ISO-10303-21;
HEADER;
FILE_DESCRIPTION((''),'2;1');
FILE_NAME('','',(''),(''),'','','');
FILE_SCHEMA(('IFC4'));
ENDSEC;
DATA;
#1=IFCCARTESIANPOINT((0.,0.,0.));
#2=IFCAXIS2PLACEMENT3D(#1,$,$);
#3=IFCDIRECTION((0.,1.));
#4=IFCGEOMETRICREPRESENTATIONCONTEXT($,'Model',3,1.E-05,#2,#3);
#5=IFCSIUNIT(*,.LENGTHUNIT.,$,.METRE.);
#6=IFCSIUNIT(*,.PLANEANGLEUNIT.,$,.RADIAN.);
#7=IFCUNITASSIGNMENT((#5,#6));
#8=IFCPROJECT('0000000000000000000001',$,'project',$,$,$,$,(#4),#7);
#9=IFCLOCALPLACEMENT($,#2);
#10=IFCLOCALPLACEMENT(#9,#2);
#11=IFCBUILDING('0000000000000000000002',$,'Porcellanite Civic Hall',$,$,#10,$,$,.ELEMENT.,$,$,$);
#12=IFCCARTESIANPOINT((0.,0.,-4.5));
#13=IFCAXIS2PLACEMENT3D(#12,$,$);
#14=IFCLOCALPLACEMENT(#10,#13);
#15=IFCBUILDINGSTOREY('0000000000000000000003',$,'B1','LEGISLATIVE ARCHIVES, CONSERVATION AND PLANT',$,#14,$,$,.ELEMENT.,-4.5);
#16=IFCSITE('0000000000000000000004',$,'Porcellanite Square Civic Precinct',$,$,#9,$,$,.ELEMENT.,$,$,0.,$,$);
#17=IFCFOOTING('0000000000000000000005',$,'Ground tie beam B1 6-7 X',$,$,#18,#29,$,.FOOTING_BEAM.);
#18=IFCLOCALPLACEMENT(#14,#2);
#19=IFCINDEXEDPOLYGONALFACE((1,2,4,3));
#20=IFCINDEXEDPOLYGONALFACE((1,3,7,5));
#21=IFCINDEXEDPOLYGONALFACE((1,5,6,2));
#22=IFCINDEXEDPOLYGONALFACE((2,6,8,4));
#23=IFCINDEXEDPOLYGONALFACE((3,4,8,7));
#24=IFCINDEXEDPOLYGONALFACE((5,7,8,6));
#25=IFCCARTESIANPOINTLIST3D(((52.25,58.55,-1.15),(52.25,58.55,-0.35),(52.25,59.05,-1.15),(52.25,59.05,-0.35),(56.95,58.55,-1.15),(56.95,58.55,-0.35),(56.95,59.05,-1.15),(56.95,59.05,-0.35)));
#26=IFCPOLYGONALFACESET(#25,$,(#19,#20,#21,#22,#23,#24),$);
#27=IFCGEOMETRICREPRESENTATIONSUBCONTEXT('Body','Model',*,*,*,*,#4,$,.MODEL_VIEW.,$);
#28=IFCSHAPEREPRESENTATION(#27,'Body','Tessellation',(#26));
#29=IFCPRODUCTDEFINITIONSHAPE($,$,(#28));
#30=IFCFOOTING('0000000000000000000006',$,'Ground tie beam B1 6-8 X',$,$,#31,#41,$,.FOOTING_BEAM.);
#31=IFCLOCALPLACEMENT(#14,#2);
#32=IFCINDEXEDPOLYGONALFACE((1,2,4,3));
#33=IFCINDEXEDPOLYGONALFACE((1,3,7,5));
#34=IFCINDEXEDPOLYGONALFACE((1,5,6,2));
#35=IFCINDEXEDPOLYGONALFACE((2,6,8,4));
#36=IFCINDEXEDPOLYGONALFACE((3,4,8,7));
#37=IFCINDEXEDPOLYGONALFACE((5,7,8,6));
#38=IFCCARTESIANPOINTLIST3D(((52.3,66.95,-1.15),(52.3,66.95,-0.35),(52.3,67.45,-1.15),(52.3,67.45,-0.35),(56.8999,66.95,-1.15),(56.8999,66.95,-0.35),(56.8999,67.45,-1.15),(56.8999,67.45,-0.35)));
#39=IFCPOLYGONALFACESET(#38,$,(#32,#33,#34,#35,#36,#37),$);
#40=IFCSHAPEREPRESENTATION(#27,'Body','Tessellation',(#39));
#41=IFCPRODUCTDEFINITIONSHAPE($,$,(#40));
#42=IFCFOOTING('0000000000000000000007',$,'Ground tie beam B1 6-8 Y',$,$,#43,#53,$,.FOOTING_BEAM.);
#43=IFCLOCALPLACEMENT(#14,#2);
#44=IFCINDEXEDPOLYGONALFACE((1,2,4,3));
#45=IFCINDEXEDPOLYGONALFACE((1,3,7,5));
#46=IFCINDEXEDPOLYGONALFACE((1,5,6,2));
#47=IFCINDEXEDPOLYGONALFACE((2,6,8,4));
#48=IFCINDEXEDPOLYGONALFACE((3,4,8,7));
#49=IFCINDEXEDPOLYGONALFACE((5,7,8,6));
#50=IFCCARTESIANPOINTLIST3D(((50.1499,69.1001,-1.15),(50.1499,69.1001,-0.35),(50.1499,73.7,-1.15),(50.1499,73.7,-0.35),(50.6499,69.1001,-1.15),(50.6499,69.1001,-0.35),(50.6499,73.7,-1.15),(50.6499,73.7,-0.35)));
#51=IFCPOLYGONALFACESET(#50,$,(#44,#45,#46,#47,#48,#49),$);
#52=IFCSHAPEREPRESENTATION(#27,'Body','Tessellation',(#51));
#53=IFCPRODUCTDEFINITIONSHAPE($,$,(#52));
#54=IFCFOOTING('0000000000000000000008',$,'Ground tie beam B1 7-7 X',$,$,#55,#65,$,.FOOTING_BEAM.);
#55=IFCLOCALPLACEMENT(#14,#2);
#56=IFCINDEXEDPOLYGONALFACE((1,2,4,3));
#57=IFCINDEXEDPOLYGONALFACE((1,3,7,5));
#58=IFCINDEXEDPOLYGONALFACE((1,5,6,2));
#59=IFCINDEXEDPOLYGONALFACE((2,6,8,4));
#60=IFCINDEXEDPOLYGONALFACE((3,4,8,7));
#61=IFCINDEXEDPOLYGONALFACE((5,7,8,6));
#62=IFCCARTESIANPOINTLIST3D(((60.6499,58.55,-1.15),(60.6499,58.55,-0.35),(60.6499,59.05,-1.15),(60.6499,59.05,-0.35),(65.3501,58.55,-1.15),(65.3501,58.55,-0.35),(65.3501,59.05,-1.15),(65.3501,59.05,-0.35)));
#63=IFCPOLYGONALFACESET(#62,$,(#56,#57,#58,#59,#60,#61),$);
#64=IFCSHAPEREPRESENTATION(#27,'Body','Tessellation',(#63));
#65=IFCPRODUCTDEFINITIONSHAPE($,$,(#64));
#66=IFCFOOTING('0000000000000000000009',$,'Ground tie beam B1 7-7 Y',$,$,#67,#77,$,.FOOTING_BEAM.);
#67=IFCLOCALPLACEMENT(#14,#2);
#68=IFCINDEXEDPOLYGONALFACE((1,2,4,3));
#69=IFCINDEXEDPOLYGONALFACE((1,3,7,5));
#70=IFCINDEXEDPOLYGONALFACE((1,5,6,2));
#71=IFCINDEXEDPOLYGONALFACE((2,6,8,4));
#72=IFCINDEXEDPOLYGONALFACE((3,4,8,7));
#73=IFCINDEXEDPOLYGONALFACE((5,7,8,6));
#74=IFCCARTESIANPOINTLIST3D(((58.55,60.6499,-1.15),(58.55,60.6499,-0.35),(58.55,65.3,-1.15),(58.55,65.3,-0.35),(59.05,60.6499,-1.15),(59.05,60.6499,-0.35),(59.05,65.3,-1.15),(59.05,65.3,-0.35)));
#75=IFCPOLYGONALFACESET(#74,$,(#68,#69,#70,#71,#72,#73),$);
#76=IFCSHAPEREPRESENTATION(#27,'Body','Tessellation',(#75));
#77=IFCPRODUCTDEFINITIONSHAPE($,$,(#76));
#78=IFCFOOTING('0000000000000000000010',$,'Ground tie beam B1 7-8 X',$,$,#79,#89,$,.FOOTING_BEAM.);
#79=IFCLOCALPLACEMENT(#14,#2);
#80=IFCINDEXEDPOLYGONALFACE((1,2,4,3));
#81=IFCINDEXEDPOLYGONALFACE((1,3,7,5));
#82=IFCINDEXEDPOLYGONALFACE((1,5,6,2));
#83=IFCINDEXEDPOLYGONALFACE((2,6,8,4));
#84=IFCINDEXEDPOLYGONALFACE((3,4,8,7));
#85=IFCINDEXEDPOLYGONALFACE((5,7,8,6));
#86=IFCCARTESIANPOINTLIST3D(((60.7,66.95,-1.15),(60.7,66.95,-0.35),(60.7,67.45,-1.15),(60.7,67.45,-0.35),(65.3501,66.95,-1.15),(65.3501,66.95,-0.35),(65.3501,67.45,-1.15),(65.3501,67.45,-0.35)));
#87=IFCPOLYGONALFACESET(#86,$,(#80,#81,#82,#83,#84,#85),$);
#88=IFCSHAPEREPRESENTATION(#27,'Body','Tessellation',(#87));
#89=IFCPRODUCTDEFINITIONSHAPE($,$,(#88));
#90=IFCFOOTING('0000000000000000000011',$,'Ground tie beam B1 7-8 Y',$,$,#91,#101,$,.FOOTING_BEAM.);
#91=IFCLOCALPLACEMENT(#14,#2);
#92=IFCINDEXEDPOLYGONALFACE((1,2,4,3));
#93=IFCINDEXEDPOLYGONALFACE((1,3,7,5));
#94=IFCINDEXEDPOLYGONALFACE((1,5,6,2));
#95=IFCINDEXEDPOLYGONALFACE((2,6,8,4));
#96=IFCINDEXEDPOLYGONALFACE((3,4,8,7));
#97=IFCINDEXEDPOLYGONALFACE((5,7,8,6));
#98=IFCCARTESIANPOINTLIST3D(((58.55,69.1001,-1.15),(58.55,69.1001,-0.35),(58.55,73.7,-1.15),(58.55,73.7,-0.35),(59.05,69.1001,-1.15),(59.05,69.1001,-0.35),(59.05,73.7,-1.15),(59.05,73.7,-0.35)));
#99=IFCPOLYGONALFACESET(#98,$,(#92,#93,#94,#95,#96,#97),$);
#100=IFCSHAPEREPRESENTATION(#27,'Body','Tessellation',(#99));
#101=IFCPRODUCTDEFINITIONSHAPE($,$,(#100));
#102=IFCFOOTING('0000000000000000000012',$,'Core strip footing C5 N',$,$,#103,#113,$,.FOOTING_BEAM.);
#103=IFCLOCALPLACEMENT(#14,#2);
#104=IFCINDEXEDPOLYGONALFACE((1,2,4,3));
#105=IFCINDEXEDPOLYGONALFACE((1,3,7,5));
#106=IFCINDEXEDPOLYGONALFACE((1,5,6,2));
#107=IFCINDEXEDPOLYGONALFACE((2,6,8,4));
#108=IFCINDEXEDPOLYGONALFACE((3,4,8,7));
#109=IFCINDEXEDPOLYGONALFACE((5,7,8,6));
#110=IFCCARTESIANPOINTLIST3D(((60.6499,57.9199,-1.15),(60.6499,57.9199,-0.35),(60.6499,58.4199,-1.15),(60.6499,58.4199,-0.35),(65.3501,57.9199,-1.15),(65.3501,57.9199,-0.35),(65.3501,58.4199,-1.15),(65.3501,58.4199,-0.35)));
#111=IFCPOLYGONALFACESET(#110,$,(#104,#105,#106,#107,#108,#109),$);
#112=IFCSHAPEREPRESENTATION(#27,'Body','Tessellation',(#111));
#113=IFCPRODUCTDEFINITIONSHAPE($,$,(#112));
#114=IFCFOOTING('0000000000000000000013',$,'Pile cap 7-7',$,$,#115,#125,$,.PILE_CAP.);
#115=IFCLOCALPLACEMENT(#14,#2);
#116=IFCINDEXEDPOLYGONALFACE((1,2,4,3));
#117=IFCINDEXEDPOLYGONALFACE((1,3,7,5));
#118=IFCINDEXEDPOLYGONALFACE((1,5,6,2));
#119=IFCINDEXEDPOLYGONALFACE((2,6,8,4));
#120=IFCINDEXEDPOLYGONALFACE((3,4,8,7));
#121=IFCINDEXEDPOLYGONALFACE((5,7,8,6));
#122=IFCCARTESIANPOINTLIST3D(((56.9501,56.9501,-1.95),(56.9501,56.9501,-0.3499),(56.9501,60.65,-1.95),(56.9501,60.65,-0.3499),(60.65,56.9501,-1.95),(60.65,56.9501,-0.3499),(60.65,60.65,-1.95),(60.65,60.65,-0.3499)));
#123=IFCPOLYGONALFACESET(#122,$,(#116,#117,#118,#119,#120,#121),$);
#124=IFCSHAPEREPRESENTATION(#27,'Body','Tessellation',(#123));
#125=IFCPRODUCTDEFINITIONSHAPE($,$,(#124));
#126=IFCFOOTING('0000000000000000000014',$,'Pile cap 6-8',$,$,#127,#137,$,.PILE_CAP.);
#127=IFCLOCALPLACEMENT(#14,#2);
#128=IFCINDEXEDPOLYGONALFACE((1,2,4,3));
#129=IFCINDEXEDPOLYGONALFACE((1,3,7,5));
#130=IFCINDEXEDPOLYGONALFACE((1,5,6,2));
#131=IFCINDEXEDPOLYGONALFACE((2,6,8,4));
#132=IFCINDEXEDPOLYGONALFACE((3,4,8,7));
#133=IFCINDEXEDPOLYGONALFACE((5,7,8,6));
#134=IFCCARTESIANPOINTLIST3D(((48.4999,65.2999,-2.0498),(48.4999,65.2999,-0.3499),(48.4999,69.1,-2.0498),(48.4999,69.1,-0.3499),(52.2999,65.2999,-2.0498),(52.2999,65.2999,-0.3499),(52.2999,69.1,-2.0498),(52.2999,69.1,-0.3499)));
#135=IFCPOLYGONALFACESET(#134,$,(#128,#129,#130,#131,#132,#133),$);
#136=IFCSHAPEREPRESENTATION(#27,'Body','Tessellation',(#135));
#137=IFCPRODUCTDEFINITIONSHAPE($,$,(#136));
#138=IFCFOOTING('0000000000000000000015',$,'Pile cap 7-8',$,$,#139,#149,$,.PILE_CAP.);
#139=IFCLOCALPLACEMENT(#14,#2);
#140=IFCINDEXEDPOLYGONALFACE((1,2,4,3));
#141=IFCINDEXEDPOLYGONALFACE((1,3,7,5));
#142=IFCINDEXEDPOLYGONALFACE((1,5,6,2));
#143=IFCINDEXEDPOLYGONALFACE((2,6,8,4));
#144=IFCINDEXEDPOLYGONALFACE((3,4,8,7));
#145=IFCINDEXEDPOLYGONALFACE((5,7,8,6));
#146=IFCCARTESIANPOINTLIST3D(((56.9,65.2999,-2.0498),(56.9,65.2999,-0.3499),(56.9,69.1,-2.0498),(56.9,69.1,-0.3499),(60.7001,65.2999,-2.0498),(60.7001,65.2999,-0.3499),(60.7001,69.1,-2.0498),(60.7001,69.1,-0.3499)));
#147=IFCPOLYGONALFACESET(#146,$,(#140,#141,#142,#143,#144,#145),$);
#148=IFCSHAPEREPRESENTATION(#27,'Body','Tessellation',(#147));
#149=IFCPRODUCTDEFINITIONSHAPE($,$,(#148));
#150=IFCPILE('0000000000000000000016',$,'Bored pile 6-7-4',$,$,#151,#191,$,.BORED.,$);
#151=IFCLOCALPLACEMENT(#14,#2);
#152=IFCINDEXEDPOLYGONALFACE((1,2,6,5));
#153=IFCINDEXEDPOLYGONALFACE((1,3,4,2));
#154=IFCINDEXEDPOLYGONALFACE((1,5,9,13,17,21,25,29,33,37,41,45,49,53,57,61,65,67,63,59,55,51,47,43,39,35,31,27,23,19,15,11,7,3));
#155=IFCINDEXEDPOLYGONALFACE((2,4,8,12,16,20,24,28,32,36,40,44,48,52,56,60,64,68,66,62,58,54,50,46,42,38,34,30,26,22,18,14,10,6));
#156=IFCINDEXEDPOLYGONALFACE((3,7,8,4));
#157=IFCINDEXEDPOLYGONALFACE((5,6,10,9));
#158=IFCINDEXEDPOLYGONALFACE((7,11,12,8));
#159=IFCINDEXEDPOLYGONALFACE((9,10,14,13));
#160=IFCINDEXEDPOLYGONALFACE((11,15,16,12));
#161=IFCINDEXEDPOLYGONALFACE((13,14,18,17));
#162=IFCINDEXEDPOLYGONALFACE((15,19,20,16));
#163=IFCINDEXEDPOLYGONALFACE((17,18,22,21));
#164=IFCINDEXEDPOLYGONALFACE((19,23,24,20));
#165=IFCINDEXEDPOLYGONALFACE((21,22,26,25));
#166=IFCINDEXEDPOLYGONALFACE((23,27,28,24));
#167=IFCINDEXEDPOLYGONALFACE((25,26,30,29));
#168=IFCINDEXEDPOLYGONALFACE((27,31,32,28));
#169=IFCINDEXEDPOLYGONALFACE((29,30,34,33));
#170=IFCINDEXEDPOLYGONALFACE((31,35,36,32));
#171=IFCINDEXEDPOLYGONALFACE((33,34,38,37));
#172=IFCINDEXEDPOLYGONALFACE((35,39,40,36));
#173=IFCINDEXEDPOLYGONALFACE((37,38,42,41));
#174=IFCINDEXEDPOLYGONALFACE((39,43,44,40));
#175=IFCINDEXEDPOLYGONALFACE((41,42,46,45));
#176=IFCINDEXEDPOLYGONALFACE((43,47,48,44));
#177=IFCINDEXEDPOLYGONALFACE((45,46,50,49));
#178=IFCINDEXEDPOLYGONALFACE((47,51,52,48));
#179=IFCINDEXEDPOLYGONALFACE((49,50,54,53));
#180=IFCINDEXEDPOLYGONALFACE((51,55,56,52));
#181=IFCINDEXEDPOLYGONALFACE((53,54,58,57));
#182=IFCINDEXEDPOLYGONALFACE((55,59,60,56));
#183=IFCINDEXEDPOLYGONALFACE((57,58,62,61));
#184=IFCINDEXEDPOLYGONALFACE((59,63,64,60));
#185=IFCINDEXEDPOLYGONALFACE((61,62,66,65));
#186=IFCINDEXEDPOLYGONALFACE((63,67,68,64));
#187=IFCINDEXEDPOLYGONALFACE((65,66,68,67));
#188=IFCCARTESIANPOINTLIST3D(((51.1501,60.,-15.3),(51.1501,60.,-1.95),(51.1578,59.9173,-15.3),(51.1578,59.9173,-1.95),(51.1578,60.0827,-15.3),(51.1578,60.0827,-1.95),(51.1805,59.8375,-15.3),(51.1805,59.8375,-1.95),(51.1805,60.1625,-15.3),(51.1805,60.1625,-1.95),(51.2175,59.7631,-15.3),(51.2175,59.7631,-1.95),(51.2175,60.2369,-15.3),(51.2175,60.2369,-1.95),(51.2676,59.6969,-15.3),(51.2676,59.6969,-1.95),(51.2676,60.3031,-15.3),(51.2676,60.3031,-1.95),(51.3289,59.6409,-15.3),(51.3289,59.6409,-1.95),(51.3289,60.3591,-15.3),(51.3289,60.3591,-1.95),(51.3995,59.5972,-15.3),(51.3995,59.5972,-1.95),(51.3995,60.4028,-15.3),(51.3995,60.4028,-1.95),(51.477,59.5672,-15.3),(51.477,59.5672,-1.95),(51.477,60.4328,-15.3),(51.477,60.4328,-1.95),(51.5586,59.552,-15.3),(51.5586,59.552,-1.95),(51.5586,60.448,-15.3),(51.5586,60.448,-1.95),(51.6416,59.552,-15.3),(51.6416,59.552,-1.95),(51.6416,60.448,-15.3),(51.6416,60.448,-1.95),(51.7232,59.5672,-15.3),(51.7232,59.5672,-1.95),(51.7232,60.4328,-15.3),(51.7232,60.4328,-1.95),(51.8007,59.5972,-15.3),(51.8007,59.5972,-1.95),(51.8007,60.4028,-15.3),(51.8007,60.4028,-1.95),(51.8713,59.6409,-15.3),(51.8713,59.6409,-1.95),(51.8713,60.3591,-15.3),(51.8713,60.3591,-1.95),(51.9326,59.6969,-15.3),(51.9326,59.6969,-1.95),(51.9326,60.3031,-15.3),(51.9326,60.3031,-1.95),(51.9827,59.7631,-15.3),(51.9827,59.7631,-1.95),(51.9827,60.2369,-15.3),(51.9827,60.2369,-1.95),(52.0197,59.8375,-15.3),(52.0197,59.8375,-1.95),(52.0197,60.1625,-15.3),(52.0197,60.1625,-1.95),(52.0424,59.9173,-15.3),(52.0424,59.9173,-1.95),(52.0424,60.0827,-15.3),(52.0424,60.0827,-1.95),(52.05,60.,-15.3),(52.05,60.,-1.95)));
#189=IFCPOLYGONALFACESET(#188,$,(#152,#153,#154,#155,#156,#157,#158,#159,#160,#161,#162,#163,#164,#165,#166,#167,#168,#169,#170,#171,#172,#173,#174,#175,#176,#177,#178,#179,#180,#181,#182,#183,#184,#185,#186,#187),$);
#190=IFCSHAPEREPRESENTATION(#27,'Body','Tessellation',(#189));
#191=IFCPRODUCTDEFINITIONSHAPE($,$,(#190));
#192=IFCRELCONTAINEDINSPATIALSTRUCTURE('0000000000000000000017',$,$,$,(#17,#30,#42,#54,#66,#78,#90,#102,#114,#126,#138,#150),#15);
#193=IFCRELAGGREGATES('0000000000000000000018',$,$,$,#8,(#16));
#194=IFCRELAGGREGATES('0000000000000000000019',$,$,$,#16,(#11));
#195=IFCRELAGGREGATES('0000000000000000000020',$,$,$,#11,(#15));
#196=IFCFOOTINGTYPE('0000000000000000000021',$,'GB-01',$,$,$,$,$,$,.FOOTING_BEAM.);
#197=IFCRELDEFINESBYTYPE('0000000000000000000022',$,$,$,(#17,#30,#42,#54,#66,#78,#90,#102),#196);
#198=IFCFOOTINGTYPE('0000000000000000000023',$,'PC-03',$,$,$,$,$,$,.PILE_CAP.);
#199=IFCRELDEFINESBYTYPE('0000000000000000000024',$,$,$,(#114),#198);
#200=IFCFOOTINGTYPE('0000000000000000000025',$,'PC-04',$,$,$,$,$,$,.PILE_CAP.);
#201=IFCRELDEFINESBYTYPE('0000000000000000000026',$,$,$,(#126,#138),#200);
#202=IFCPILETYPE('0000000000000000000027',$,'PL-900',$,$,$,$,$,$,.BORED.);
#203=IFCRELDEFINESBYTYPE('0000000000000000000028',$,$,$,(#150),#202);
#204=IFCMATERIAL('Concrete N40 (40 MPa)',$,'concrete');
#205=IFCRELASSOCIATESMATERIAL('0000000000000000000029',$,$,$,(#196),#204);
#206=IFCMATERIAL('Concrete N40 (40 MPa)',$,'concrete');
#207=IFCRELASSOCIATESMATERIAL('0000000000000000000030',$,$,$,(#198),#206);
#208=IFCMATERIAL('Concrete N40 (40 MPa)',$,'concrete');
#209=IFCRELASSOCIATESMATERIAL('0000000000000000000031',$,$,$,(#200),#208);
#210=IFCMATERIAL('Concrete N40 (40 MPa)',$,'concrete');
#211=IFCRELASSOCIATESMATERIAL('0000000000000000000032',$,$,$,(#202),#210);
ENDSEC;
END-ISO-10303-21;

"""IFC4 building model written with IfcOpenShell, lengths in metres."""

from ifc_helpers import new_model, si_unit, direction, frame, origin, origin_2d, place, context, subcontext, project, spatial, rectangle, circle, extrude, material, material_profile, profile_set, type_object, element, save


model = new_model("IFC4")

# Units and contexts
model_context = context("Model", 3, precision=1e-05, world=origin(), true_north=direction((0.0, 1.0)))
body_context = subcontext(model_context, "Body", "Model", "MODEL_VIEW")
ifc_project = project(units=[si_unit("LENGTHUNIT", "METRE"), si_unit("PLANEANGLEUNIT", "RADIAN")], contexts=[model_context])

# Site, building, storey
site_placement = place(None, origin())
site = spatial("IfcSite", under=ifc_project, at=site_placement, Name="Porcellanite Square Civic Precinct", CompositionType="ELEMENT", RefElevation=0.0)
building_placement = place(site_placement, origin())
building = spatial("IfcBuilding", under=site, at=building_placement, Name="Porcellanite Civic Hall", CompositionType="ELEMENT")
storey_placement = place(building_placement, frame((0.0, 0.0, -4.5)))
storey = spatial("IfcBuildingStorey", under=building, at=storey_placement, Name="B1", Description="LEGISLATIVE ARCHIVES, CONSERVATION AND PLANT", CompositionType="ELEMENT", Elevation=-4.5)

# Footings
ifc_material_1 = material(Name="Concrete N40 (40 MPa)", Category="concrete")
ifc_material_profile_1 = material_profile(ifc_material_1, rectangle(XDim=0.5, YDim=0.8, at=origin_2d()), Name="RC-500x800")
ifc_profile_set_1 = profile_set([ifc_material_profile_1], Name="Concrete N40 (40 MPa)")
footing_type_1 = type_object("IfcFootingType", Name="GB-01", PredefinedType="FOOTING_BEAM", material=ifc_profile_set_1)
footing_1_placement = place(storey_placement, frame((52.25, 58.8, -0.75), z_axis=(1.0, 0.0, 0.0), x_axis=(0.0, 1.0, 0.0)))
element("IfcFooting", 1, at=footing_1_placement, inside=storey, type_object=footing_type_1, Name="Ground tie beam B1 6-7 X", PredefinedType="FOOTING_BEAM", context=body_context, shape_type="SweptSolid", body=[
    extrude(rectangle(XDim=0.5, YDim=0.8, at=origin_2d()), origin(), (0.0, 0.0, 1.0), 4.7),
])
for number, where, z_axis, x_axis, name in (
    (2, (52.3, 67.2, -0.75), (1.0, 0.0, 0.0), (0.0, 1.0, 0.0), "Ground tie beam B1 6-8 X"),
    (3, (50.3999, 69.1001, -0.75), (0.0, 1.0, 0.0), (-1.0, 0.0, 0.0), "Ground tie beam B1 6-8 Y"),
):
    element("IfcFooting", number, at=place(storey_placement, frame(where, z_axis=z_axis, x_axis=x_axis)), inside=storey, type_object=footing_type_1, Name=name, PredefinedType="FOOTING_BEAM", context=body_context, shape_type="SweptSolid", body=[
        extrude(rectangle(XDim=0.5, YDim=0.8, at=origin_2d()), origin(), (0.0, 0.0, 1.0), 4.5999),
    ])
footing_2_placement = place(storey_placement, frame((60.6499, 58.8, -0.75), z_axis=(1.0, 0.0, 0.0), x_axis=(0.0, 1.0, 0.0)))
element("IfcFooting", 4, at=footing_2_placement, inside=storey, type_object=footing_type_1, Name="Ground tie beam B1 7-7 X", PredefinedType="FOOTING_BEAM", context=body_context, shape_type="SweptSolid", body=[
    extrude(rectangle(XDim=0.5, YDim=0.8, at=origin_2d()), origin(), (0.0, 0.0, 1.0), 4.7002),
])
for number, where, z_axis, x_axis, name in (
    (5, (58.8, 60.6499, -0.75), (0.0, 1.0, 0.0), (-1.0, 0.0, 0.0), "Ground tie beam B1 7-7 Y"),
    (6, (60.7, 67.2, -0.75), (1.0, 0.0, 0.0), (0.0, 1.0, 0.0), "Ground tie beam B1 7-8 X"),
):
    element("IfcFooting", number, at=place(storey_placement, frame(where, z_axis=z_axis, x_axis=x_axis)), inside=storey, type_object=footing_type_1, Name=name, PredefinedType="FOOTING_BEAM", context=body_context, shape_type="SweptSolid", body=[
        extrude(rectangle(XDim=0.5, YDim=0.8, at=origin_2d()), origin(), (0.0, 0.0, 1.0), 4.6501),
    ])
footing_3_placement = place(storey_placement, frame((58.8, 69.1001, -0.75), z_axis=(0.0, 1.0, 0.0), x_axis=(-1.0, 0.0, 0.0)))
element("IfcFooting", 7, at=footing_3_placement, inside=storey, type_object=footing_type_1, Name="Ground tie beam B1 7-8 Y", PredefinedType="FOOTING_BEAM", context=body_context, shape_type="SweptSolid", body=[
    extrude(rectangle(XDim=0.5, YDim=0.8, at=origin_2d()), origin(), (0.0, 0.0, 1.0), 4.5999),
])
footing_4_placement = place(storey_placement, frame((60.6499, 58.1699, -0.75), z_axis=(1.0, 0.0, 0.0), x_axis=(0.0, 1.0, 0.0)))
element("IfcFooting", 8, at=footing_4_placement, inside=storey, type_object=footing_type_1, Name="Core strip footing C5 N", PredefinedType="FOOTING_BEAM", context=body_context, shape_type="SweptSolid", body=[
    extrude(rectangle(XDim=0.5, YDim=0.8, at=origin_2d()), origin(), (0.0, 0.0, 1.0), 4.7002),
])
ifc_material_2 = material(Name="Concrete N40 (40 MPa)", Category="concrete")
footing_type_2 = type_object("IfcFootingType", Name="PC-03", PredefinedType="PILE_CAP", material=ifc_material_2)
footing_5_placement = place(storey_placement, frame((58.8, 58.8, -1.95), z_axis=(0.0, 0.0, 1.0), x_axis=(1.0, 0.0, 0.0)))
element("IfcFooting", 9, at=footing_5_placement, inside=storey, type_object=footing_type_2, Name="Pile cap 7-7", PredefinedType="PILE_CAP", context=body_context, shape_type="SweptSolid", body=[
    extrude(rectangle(XDim=3.7, YDim=3.7, at=origin_2d()), origin(), (0.0, 0.0, 1.0), 1.6001),
])
ifc_material_3 = material(Name="Concrete N40 (40 MPa)", Category="concrete")
footing_type_3 = type_object("IfcFootingType", Name="PC-04", PredefinedType="PILE_CAP", material=ifc_material_3)
for number, where, z_axis, x_axis, name in (
    (10, (50.3999, 67.2, -2.0498), (0.0, 0.0, 1.0), (1.0, 0.0, 0.0), "Pile cap 6-8"),
    (11, (58.8, 67.2, -2.0498), (0.0, 0.0, 1.0), (1.0, 0.0, 0.0), "Pile cap 7-8"),
):
    element("IfcFooting", number, at=place(storey_placement, frame(where, z_axis=z_axis, x_axis=x_axis)), inside=storey, type_object=footing_type_3, Name=name, PredefinedType="PILE_CAP", context=body_context, shape_type="SweptSolid", body=[
        extrude(rectangle(XDim=3.8, YDim=3.8, at=origin_2d()), origin(), (0.0, 0.0, 1.0), 1.7),
    ])

# Pile
ifc_material_4 = material(Name="Concrete N40 (40 MPa)", Category="concrete")
ifc_material_profile_2 = material_profile(ifc_material_4, circle(Radius=0.45, at=origin_2d()), Name="PILE-D900")
ifc_profile_set_2 = profile_set([ifc_material_profile_2], Name="Concrete N40 (40 MPa)")
pile_type = type_object("IfcPileType", Name="PL-900", PredefinedType="BORED", material=ifc_profile_set_2)
pile_placement = place(storey_placement, frame((51.6001, 60.0, -1.95), z_axis=(0.0, 0.0, -1.0), x_axis=(1.0, 0.0, 0.0)))
element("IfcPile", 12, at=pile_placement, inside=storey, type_object=pile_type, Name="Bored pile 6-7-4", PredefinedType="BORED", context=body_context, shape_type="SweptSolid", body=[
    extrude(circle(Radius=0.45, at=origin_2d()), origin(), (0.0, 0.0, 1.0), 13.3501),
])

save(model, "model.ifc")
